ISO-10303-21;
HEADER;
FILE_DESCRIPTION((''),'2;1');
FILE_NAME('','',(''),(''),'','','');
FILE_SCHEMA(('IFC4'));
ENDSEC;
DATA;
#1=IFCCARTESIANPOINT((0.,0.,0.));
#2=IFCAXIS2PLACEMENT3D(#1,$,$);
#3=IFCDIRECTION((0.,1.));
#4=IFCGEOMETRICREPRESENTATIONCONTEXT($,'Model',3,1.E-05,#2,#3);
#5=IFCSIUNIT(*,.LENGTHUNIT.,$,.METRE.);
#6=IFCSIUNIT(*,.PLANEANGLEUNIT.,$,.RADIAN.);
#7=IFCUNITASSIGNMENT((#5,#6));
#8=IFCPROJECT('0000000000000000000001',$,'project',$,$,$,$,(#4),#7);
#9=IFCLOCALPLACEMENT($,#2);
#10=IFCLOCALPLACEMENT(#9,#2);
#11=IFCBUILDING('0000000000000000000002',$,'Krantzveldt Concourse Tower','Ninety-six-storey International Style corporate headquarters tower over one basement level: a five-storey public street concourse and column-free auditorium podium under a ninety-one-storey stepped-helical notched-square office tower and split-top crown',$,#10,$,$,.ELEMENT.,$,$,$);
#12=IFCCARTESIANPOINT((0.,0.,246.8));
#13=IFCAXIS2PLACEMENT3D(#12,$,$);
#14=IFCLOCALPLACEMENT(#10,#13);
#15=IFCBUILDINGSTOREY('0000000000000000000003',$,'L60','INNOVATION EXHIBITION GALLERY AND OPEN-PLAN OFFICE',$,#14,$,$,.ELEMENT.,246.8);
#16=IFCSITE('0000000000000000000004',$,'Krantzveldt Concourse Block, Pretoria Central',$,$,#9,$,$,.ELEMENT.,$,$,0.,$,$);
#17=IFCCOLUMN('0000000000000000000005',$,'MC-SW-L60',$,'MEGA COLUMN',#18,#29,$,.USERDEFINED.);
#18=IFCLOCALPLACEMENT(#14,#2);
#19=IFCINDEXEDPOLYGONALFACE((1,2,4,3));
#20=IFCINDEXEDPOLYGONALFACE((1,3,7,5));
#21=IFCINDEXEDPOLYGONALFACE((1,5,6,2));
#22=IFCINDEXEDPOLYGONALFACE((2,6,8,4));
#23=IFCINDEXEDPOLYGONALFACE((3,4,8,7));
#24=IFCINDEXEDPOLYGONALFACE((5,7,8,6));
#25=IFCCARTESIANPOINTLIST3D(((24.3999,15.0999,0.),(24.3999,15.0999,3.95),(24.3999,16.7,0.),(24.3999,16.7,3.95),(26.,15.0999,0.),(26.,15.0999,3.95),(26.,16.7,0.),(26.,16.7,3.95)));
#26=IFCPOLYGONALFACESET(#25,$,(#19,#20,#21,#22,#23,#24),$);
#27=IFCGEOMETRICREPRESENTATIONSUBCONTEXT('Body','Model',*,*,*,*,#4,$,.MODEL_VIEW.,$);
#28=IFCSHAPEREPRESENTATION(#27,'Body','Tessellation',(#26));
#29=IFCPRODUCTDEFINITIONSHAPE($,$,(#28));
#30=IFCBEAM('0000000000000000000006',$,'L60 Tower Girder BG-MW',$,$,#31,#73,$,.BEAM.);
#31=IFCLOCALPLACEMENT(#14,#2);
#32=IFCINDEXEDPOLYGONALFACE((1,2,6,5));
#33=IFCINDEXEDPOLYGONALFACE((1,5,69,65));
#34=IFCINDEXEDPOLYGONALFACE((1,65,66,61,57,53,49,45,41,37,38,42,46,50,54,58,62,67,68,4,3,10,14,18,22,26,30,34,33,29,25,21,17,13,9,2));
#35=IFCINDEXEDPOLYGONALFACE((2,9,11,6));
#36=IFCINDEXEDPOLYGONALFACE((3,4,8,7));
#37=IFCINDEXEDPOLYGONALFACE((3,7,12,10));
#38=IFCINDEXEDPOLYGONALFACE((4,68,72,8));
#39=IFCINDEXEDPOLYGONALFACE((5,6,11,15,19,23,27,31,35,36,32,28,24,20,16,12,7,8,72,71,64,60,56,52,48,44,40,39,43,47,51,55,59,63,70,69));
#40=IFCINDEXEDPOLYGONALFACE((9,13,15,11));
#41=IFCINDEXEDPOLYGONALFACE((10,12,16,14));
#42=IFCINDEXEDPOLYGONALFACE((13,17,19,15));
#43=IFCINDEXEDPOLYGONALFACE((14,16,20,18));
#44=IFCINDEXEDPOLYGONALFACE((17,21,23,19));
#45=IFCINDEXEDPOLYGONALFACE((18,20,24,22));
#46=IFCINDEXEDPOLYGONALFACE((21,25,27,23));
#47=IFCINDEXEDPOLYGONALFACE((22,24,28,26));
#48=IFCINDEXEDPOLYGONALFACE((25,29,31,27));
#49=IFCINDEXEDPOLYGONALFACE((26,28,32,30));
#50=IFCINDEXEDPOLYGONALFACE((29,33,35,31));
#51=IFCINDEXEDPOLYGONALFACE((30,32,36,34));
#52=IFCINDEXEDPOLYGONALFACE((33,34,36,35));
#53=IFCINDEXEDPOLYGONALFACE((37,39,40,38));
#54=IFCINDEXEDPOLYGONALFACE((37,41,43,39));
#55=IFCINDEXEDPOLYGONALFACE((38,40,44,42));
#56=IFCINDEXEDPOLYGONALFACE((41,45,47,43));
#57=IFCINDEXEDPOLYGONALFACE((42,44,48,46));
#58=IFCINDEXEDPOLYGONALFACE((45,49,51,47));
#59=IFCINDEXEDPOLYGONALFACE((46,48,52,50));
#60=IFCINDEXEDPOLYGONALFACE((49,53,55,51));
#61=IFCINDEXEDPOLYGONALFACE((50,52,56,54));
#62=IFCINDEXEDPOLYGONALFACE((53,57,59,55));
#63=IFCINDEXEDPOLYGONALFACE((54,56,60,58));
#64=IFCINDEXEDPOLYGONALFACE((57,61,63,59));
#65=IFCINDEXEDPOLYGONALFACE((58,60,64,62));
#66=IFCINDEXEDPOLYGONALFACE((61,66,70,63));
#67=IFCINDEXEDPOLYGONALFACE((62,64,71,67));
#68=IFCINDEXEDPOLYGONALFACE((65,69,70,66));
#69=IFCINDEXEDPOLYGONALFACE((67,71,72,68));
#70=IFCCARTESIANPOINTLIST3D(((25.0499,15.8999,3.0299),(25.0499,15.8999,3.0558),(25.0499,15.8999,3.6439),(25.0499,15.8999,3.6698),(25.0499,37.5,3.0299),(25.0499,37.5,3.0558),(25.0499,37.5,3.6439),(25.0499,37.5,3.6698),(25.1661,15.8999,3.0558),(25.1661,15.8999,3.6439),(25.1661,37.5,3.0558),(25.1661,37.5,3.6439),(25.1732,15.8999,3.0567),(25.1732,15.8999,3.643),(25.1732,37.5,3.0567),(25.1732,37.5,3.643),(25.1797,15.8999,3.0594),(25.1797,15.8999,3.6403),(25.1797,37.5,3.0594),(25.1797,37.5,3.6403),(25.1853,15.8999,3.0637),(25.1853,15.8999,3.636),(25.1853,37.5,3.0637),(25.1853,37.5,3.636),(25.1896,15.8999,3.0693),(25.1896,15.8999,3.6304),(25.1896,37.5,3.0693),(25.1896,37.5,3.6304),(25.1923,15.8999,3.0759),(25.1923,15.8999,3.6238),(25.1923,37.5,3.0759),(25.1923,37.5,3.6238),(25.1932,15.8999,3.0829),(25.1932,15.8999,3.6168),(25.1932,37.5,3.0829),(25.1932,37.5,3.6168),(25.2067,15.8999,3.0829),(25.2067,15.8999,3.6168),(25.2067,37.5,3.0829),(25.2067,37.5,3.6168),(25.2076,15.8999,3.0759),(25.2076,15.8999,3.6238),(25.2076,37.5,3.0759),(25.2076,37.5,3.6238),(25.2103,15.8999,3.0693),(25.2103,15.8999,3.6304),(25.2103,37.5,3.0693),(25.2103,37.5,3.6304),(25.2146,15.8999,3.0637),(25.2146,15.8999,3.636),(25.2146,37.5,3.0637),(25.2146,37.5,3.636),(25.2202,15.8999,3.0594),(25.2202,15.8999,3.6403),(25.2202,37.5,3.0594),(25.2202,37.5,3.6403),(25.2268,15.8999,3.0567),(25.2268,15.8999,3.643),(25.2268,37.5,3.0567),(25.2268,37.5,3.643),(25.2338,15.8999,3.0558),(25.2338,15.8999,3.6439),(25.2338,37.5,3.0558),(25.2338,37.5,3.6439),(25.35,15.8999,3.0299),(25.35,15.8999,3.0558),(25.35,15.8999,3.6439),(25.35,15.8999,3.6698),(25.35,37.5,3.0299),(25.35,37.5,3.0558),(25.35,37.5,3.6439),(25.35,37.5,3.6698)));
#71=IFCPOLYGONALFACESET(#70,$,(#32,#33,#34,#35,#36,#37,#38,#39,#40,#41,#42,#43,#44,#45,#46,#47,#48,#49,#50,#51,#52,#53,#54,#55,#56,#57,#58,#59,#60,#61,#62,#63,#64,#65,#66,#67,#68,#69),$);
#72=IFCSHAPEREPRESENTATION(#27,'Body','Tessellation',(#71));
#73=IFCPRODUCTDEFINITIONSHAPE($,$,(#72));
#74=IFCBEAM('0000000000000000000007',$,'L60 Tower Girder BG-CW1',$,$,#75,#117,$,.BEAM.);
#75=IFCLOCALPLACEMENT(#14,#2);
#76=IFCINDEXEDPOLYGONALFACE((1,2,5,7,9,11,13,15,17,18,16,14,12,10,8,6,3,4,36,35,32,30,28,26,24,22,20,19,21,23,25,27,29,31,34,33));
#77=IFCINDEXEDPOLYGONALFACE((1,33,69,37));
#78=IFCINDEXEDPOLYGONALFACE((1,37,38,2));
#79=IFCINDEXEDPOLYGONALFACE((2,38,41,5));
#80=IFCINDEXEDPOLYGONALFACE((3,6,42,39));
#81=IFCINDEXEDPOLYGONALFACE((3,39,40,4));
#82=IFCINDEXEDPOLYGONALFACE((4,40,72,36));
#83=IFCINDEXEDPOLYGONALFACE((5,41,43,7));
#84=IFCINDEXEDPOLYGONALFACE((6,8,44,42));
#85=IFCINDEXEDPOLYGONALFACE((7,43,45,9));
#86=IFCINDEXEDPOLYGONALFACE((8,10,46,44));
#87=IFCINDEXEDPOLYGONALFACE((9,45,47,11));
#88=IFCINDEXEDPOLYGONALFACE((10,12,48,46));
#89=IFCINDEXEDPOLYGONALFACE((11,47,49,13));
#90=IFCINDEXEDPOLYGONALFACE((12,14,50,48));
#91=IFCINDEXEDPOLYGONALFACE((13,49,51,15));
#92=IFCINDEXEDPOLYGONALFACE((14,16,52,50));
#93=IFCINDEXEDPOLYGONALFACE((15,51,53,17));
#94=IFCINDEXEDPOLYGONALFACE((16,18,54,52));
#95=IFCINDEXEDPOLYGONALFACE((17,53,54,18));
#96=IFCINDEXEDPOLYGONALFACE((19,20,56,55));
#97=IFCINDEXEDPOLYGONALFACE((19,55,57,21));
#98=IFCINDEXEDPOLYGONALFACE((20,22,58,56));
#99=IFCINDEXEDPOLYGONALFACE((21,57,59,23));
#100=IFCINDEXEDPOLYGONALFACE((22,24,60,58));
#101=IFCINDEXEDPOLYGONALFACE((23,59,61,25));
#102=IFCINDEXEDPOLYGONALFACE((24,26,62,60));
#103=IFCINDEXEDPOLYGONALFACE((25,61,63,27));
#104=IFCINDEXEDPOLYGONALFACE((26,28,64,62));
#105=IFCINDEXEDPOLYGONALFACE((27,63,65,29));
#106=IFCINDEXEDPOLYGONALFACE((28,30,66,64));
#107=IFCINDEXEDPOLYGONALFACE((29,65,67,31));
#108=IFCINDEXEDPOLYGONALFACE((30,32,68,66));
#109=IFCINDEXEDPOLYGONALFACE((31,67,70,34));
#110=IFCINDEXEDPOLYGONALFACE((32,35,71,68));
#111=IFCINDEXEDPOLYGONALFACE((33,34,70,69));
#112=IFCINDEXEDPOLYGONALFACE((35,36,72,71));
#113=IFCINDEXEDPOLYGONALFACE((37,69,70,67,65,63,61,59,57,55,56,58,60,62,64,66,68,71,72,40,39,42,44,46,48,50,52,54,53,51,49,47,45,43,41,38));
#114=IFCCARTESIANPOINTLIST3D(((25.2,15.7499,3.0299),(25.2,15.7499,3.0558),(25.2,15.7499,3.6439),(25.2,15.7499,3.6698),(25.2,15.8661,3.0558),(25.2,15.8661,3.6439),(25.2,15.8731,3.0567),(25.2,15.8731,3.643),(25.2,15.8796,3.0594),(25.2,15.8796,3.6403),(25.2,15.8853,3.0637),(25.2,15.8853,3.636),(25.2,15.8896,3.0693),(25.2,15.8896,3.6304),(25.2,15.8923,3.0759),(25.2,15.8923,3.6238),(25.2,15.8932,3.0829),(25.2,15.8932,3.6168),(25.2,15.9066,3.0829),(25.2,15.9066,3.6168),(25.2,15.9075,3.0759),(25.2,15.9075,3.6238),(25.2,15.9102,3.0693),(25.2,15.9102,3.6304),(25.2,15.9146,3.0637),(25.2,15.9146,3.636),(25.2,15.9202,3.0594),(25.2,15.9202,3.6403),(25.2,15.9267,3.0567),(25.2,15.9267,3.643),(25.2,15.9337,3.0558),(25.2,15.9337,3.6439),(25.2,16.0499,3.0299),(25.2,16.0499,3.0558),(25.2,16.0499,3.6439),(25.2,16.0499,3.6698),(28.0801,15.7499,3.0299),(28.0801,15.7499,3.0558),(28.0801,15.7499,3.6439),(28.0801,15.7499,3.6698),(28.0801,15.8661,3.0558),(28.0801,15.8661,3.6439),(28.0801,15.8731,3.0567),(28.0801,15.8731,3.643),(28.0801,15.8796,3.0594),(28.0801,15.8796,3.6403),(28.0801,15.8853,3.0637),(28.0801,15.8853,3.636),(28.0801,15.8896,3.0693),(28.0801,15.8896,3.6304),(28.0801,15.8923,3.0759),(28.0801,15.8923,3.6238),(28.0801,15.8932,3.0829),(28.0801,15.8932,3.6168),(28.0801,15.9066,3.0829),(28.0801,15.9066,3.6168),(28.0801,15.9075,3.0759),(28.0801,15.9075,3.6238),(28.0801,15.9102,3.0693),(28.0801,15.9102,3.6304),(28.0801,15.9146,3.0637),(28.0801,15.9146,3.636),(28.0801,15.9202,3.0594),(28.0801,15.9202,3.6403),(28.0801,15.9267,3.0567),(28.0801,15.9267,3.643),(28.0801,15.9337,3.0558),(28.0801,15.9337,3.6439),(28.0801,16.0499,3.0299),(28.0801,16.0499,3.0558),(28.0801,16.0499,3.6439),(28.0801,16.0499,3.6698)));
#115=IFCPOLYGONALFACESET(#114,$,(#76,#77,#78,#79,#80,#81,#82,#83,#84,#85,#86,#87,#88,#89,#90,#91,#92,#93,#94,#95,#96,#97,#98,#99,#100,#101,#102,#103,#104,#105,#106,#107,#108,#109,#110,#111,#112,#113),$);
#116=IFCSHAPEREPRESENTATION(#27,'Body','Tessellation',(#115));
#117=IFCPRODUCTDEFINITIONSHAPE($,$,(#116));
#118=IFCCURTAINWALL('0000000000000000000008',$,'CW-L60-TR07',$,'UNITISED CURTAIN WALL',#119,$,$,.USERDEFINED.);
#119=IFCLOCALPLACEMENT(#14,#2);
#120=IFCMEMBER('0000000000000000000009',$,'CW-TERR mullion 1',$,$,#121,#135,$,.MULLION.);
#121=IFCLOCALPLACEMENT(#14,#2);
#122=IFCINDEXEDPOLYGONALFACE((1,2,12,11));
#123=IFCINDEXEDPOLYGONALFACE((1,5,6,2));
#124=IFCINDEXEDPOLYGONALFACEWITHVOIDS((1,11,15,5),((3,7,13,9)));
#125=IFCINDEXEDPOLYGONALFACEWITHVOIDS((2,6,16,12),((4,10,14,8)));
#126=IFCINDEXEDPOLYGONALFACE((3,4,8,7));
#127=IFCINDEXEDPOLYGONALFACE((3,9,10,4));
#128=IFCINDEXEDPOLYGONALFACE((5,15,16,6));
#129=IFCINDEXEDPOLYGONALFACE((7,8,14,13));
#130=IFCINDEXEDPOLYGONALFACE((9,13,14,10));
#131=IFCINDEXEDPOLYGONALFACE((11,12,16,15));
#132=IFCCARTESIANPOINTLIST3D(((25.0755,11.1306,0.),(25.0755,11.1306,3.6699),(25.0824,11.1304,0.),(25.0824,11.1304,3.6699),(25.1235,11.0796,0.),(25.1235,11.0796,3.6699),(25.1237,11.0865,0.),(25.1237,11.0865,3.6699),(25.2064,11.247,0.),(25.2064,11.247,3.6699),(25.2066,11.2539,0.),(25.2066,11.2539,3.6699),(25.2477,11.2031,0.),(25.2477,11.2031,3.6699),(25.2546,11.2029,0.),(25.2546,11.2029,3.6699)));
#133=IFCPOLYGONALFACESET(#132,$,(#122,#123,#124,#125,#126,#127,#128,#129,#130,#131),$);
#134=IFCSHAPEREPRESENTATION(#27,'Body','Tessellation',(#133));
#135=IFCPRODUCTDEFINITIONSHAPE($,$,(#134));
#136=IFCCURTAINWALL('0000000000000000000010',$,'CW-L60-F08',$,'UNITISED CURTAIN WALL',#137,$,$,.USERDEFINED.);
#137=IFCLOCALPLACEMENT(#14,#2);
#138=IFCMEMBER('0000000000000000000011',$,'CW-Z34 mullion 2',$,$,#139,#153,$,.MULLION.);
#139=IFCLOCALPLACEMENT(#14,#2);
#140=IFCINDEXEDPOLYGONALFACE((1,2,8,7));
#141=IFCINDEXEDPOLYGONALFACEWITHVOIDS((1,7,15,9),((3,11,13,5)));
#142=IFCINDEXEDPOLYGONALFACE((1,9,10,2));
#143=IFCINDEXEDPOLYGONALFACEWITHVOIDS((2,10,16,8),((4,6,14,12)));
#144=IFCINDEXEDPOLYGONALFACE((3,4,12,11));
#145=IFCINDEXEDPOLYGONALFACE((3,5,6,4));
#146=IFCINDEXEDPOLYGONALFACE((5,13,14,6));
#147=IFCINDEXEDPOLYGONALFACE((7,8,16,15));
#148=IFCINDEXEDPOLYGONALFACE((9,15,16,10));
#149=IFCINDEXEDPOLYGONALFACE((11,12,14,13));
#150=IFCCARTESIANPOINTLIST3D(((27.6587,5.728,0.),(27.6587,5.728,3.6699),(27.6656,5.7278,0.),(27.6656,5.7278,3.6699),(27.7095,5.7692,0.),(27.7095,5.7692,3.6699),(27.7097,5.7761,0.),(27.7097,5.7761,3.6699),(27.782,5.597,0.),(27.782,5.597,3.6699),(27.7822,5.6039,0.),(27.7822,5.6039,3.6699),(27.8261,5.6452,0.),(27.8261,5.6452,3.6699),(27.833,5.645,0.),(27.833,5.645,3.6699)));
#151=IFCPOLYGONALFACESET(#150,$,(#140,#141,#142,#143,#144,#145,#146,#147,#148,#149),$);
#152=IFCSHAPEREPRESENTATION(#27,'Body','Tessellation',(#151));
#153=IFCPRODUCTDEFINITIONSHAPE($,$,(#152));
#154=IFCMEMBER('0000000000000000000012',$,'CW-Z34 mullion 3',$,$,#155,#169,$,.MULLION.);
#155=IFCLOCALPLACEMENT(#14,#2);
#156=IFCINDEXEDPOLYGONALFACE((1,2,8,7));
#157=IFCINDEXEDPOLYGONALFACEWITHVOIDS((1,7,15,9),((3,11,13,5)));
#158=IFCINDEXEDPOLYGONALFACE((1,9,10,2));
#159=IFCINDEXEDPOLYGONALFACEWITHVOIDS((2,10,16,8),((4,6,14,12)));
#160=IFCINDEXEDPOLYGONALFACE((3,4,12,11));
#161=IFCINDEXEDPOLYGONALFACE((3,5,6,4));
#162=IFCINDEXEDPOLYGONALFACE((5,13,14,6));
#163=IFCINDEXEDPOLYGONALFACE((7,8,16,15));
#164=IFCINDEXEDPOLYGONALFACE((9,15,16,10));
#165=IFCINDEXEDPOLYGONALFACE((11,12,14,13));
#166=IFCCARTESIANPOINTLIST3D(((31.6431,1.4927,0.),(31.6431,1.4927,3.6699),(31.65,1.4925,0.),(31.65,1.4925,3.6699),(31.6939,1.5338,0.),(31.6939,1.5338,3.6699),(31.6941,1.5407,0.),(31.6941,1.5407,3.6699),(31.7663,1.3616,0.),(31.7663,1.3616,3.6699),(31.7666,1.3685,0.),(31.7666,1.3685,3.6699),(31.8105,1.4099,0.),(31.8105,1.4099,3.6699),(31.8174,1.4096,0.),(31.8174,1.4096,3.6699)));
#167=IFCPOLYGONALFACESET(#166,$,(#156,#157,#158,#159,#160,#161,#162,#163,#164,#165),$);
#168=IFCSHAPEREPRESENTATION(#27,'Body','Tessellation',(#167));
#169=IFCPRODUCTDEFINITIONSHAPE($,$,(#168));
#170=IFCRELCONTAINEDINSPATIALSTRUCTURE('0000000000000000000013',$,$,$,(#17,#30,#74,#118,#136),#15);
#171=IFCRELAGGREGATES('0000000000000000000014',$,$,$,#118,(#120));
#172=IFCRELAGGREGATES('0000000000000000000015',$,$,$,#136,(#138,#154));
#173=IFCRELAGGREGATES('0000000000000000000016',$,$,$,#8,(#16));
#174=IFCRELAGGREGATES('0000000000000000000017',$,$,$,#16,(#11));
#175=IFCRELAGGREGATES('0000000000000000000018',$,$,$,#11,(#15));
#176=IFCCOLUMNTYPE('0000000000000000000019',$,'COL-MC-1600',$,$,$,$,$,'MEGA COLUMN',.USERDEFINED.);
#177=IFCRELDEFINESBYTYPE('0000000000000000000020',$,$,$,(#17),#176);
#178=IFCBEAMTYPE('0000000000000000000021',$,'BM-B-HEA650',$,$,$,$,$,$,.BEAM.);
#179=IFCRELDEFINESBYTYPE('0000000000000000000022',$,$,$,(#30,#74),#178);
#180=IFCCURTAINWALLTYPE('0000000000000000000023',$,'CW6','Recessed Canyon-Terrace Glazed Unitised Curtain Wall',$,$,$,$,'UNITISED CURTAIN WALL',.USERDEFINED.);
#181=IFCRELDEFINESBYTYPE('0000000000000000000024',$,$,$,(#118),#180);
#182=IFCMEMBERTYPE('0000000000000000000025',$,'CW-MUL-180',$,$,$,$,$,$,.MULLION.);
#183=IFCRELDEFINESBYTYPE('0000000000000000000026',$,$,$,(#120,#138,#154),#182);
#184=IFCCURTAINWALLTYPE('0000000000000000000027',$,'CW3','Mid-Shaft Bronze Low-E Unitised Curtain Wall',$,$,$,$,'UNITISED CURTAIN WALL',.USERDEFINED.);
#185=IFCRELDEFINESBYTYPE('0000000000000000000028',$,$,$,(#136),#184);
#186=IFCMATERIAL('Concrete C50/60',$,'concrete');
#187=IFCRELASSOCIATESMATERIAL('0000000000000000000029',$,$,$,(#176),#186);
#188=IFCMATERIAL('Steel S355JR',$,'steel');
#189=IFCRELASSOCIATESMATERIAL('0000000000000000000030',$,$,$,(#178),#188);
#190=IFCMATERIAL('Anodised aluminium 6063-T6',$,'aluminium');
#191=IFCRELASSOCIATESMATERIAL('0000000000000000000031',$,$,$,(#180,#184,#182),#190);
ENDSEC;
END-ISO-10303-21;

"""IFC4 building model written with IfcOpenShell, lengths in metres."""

from ifc_helpers import new_model, si_unit, direction, frame, origin, origin_2d, place, context, subcontext, project, spatial, rectangle, hollow_rectangle, i_section, extrude, source, transform, mapped, material, material_profile, profile_set, type_object, type_shapes, element, aggregate, save


model = new_model("IFC4")

# Units and contexts
model_context = context("Model", 3, precision=1e-05, world=origin(), true_north=direction((0.0, 1.0)))
body_context = subcontext(model_context, "Body", "Model", "MODEL_VIEW")
ifc_project = project(units=[si_unit("LENGTHUNIT", "METRE"), si_unit("PLANEANGLEUNIT", "RADIAN")], contexts=[model_context])

# Site, building, storey
site_placement = place(None, origin())
site = spatial("IfcSite", under=ifc_project, at=site_placement, Name="Krantzveldt Concourse Block, Pretoria Central", CompositionType="ELEMENT", RefElevation=0.0)
building_placement = place(site_placement, origin())
building = spatial("IfcBuilding", under=site, at=building_placement, Name="Krantzveldt Concourse Tower", Description="Ninety-six-storey International Style corporate headquarters tower over one basement level: a five-storey public street concourse and column-free auditorium podium under a ninety-one-storey stepped-helical notched-square office tower and split-top crown", CompositionType="ELEMENT")
storey_placement = place(building_placement, frame((0.0, 0.0, 246.8)))
storey = spatial("IfcBuildingStorey", under=building, at=storey_placement, Name="L60", Description="INNOVATION EXHIBITION GALLERY AND OPEN-PLAN OFFICE", CompositionType="ELEMENT", Elevation=246.8)

# Column
ifc_material_1 = material(Name="Concrete C50/60", Category="concrete")
ifc_material_profile_1 = material_profile(ifc_material_1, rectangle(XDim=1.6001, YDim=1.6001, at=origin_2d()), Name="Concrete C50/60", Category="concrete")
ifc_profile_set_1 = profile_set([ifc_material_profile_1], Name="Concrete C50/60 - RC 1600x1600")
column_type = type_object("IfcColumnType", Name="COL-MC-1600", ElementType="MEGA COLUMN", PredefinedType="USERDEFINED", material=ifc_profile_set_1)
shared_shape_1 = source(origin(), body_context, "Body", "SweptSolid", [
    extrude(rectangle(XDim=1.6001, YDim=1.6001, at=origin_2d()), origin(), (0.0, 0.0, 1.0), 3.95),
])
type_shapes(column_type, [shared_shape_1])
column_placement = place(storey_placement, frame((25.2, 15.8999, 0.0), z_axis=(0.0, 0.0, 1.0), x_axis=(1.0, 0.0, 0.0)))
element("IfcColumn", 1, at=column_placement, inside=storey, type_object=column_type, Name="MC-SW-L60", ObjectType="MEGA COLUMN", PredefinedType="USERDEFINED", context=body_context, shape_type="MappedRepresentation", body=[
    mapped(shared_shape_1, transform((0.0, 0.0, 0.0), x_axis=(1.0, 0.0, 0.0), y_axis=(0.0, 1.0, 0.0), z_axis=(0.0, 0.0, 1.0), scale=1.0)),
])

# Beams
ifc_material_2 = material(Name="Steel S355JR", Category="steel")
ifc_material_profile_2 = material_profile(ifc_material_2, i_section(OverallWidth=0.3, OverallDepth=0.6399, WebThickness=0.0134, FlangeThickness=0.0259, FilletRadius=0.0271, at=origin_2d()), Name="Steel S355JR", Category="steel")
ifc_profile_set_2 = profile_set([ifc_material_profile_2], Name="Steel S355JR - HEA 650")
beam_type = type_object("IfcBeamType", Name="BM-B-HEA650", PredefinedType="BEAM", material=ifc_profile_set_2)
shared_shape_2 = source(origin(), body_context, "Body", "SweptSolid", [
    extrude(i_section(OverallWidth=0.3, OverallDepth=0.6399, WebThickness=0.0134, FlangeThickness=0.0259, FilletRadius=0.0271, at=origin_2d()), origin(), (0.0, 0.0, 1.0), 21.6001),
])
beam_1_placement = place(storey_placement, frame((25.2, 15.8999, 3.3499), z_axis=(0.0, 1.0, 0.0), x_axis=(-1.0, 0.0, 0.0)))
element("IfcBeam", 2, at=beam_1_placement, inside=storey, type_object=beam_type, Name="L60 Tower Girder BG-MW", PredefinedType="BEAM", context=body_context, shape_type="MappedRepresentation", body=[
    mapped(shared_shape_2, transform((0.0, 0.0, 0.0), x_axis=(1.0, 0.0, 0.0), y_axis=(0.0, 1.0, 0.0), z_axis=(0.0, 0.0, 1.0), scale=1.0)),
])
shared_shape_3 = source(origin(), body_context, "Body", "SweptSolid", [
    extrude(i_section(OverallWidth=0.3, OverallDepth=0.6399, WebThickness=0.0134, FlangeThickness=0.0259, FilletRadius=0.0271, at=origin_2d()), origin(), (0.0, 0.0, 1.0), 2.8801),
])
type_shapes(beam_type, [shared_shape_2, shared_shape_3])
beam_2_placement = place(storey_placement, frame((25.2, 15.8999, 3.3499), z_axis=(1.0, 0.0, 0.0), x_axis=(0.0, 1.0, 0.0)))
element("IfcBeam", 3, at=beam_2_placement, inside=storey, type_object=beam_type, Name="L60 Tower Girder BG-CW1", PredefinedType="BEAM", context=body_context, shape_type="MappedRepresentation", body=[
    mapped(shared_shape_3, transform((0.0, 0.0, 0.0), x_axis=(1.0, 0.0, 0.0), y_axis=(0.0, 1.0, 0.0), z_axis=(0.0, 0.0, 1.0), scale=1.0)),
])

# Curtain wall, member
ifc_material_3 = material(Name="Anodised aluminium 6063-T6", Category="aluminium")
curtain_wall_type_1 = type_object("IfcCurtainWallType", Name="CW6", Description="Recessed Canyon-Terrace Glazed Unitised Curtain Wall", ElementType="UNITISED CURTAIN WALL", PredefinedType="USERDEFINED", material=ifc_material_3)
curtain_wall_1_placement = place(storey_placement, origin())
curtain_wall_1 = element("IfcCurtainWall", 4, at=curtain_wall_1_placement, inside=storey, type_object=curtain_wall_type_1, Name="CW-L60-TR07", ObjectType="UNITISED CURTAIN WALL", PredefinedType="USERDEFINED")
ifc_material_profile_3 = material_profile(ifc_material_3, hollow_rectangle(XDim=0.0701, YDim=0.1799, WallThickness=0.0049, at=origin_2d()), Name="Anodised aluminium 6063-T6", Category="aluminium")
ifc_profile_set_3 = profile_set([ifc_material_profile_3], Name="Anodised aluminium 6063-T6 - ALU-MULL 180x70x5")
member_type_1 = type_object("IfcMemberType", Name="CW-MUL-180", PredefinedType="MULLION", material=ifc_profile_set_3)
shared_shape_4 = source(origin(), body_context, "Body", "SweptSolid", [
    extrude(hollow_rectangle(XDim=0.0701, YDim=0.1799, WallThickness=0.0049, at=origin_2d()), origin(), (0.0, 0.0, 1.0), 3.6699),
])
type_shapes(member_type_1, [shared_shape_4])
member_1_placement = place(storey_placement, frame((25.165, 11.1667, 0.0), z_axis=(0.0, 0.0, 1.0), x_axis=(0.685182, -0.728372, 0.0)))
member_1 = element("IfcMember", 5, at=member_1_placement, type_object=member_type_1, Name="CW-TERR mullion 1", PredefinedType="MULLION", context=body_context, shape_type="MappedRepresentation", body=[
    mapped(shared_shape_4, transform((0.0, 0.0, 0.0), x_axis=(1.0, 0.0, 0.0), y_axis=(0.0, 1.0, 0.0), z_axis=(0.0, 0.0, 1.0), scale=1.0)),
])
aggregate(curtain_wall_1, [member_1])

# Curtain wall, members
curtain_wall_type_2 = type_object("IfcCurtainWallType", Name="CW3", Description="Mid-Shaft Bronze Low-E Unitised Curtain Wall", ElementType="UNITISED CURTAIN WALL", PredefinedType="USERDEFINED", material=ifc_material_3)
curtain_wall_2_placement = place(storey_placement, origin())
curtain_wall_2 = element("IfcCurtainWall", 6, at=curtain_wall_2_placement, inside=storey, type_object=curtain_wall_type_2, Name="CW-L60-F08", ObjectType="UNITISED CURTAIN WALL", PredefinedType="USERDEFINED")
member_2_placement = place(storey_placement, frame((27.7458, 5.6865, 0.0), z_axis=(0.0, 0.0, 1.0), x_axis=(0.728371, 0.685183, 0.0)))
member_2 = element("IfcMember", 7, at=member_2_placement, type_object=member_type_1, Name="CW-Z34 mullion 2", PredefinedType="MULLION", context=body_context, shape_type="MappedRepresentation", body=[
    mapped(shared_shape_4, transform((0.0, 0.0, 0.0), x_axis=(1.0, 0.0, 0.0), y_axis=(0.0, 1.0, 0.0), z_axis=(0.0, 0.0, 1.0), scale=1.0)),
])
member_3_placement = place(storey_placement, frame((31.7302, 1.4512, 0.0), z_axis=(0.0, 0.0, 1.0), x_axis=(0.728371, 0.685183, 0.0)))
member_3 = element("IfcMember", 8, at=member_3_placement, type_object=member_type_1, Name="CW-Z34 mullion 3", PredefinedType="MULLION", context=body_context, shape_type="MappedRepresentation", body=[
    mapped(shared_shape_4, transform((0.0, 0.0, 0.0), x_axis=(1.0, 0.0, 0.0), y_axis=(0.0, 1.0, 0.0), z_axis=(0.0, 0.0, 1.0), scale=1.0)),
])
aggregate(curtain_wall_2, [member_2, member_3])

save(model, "model.ifc")
